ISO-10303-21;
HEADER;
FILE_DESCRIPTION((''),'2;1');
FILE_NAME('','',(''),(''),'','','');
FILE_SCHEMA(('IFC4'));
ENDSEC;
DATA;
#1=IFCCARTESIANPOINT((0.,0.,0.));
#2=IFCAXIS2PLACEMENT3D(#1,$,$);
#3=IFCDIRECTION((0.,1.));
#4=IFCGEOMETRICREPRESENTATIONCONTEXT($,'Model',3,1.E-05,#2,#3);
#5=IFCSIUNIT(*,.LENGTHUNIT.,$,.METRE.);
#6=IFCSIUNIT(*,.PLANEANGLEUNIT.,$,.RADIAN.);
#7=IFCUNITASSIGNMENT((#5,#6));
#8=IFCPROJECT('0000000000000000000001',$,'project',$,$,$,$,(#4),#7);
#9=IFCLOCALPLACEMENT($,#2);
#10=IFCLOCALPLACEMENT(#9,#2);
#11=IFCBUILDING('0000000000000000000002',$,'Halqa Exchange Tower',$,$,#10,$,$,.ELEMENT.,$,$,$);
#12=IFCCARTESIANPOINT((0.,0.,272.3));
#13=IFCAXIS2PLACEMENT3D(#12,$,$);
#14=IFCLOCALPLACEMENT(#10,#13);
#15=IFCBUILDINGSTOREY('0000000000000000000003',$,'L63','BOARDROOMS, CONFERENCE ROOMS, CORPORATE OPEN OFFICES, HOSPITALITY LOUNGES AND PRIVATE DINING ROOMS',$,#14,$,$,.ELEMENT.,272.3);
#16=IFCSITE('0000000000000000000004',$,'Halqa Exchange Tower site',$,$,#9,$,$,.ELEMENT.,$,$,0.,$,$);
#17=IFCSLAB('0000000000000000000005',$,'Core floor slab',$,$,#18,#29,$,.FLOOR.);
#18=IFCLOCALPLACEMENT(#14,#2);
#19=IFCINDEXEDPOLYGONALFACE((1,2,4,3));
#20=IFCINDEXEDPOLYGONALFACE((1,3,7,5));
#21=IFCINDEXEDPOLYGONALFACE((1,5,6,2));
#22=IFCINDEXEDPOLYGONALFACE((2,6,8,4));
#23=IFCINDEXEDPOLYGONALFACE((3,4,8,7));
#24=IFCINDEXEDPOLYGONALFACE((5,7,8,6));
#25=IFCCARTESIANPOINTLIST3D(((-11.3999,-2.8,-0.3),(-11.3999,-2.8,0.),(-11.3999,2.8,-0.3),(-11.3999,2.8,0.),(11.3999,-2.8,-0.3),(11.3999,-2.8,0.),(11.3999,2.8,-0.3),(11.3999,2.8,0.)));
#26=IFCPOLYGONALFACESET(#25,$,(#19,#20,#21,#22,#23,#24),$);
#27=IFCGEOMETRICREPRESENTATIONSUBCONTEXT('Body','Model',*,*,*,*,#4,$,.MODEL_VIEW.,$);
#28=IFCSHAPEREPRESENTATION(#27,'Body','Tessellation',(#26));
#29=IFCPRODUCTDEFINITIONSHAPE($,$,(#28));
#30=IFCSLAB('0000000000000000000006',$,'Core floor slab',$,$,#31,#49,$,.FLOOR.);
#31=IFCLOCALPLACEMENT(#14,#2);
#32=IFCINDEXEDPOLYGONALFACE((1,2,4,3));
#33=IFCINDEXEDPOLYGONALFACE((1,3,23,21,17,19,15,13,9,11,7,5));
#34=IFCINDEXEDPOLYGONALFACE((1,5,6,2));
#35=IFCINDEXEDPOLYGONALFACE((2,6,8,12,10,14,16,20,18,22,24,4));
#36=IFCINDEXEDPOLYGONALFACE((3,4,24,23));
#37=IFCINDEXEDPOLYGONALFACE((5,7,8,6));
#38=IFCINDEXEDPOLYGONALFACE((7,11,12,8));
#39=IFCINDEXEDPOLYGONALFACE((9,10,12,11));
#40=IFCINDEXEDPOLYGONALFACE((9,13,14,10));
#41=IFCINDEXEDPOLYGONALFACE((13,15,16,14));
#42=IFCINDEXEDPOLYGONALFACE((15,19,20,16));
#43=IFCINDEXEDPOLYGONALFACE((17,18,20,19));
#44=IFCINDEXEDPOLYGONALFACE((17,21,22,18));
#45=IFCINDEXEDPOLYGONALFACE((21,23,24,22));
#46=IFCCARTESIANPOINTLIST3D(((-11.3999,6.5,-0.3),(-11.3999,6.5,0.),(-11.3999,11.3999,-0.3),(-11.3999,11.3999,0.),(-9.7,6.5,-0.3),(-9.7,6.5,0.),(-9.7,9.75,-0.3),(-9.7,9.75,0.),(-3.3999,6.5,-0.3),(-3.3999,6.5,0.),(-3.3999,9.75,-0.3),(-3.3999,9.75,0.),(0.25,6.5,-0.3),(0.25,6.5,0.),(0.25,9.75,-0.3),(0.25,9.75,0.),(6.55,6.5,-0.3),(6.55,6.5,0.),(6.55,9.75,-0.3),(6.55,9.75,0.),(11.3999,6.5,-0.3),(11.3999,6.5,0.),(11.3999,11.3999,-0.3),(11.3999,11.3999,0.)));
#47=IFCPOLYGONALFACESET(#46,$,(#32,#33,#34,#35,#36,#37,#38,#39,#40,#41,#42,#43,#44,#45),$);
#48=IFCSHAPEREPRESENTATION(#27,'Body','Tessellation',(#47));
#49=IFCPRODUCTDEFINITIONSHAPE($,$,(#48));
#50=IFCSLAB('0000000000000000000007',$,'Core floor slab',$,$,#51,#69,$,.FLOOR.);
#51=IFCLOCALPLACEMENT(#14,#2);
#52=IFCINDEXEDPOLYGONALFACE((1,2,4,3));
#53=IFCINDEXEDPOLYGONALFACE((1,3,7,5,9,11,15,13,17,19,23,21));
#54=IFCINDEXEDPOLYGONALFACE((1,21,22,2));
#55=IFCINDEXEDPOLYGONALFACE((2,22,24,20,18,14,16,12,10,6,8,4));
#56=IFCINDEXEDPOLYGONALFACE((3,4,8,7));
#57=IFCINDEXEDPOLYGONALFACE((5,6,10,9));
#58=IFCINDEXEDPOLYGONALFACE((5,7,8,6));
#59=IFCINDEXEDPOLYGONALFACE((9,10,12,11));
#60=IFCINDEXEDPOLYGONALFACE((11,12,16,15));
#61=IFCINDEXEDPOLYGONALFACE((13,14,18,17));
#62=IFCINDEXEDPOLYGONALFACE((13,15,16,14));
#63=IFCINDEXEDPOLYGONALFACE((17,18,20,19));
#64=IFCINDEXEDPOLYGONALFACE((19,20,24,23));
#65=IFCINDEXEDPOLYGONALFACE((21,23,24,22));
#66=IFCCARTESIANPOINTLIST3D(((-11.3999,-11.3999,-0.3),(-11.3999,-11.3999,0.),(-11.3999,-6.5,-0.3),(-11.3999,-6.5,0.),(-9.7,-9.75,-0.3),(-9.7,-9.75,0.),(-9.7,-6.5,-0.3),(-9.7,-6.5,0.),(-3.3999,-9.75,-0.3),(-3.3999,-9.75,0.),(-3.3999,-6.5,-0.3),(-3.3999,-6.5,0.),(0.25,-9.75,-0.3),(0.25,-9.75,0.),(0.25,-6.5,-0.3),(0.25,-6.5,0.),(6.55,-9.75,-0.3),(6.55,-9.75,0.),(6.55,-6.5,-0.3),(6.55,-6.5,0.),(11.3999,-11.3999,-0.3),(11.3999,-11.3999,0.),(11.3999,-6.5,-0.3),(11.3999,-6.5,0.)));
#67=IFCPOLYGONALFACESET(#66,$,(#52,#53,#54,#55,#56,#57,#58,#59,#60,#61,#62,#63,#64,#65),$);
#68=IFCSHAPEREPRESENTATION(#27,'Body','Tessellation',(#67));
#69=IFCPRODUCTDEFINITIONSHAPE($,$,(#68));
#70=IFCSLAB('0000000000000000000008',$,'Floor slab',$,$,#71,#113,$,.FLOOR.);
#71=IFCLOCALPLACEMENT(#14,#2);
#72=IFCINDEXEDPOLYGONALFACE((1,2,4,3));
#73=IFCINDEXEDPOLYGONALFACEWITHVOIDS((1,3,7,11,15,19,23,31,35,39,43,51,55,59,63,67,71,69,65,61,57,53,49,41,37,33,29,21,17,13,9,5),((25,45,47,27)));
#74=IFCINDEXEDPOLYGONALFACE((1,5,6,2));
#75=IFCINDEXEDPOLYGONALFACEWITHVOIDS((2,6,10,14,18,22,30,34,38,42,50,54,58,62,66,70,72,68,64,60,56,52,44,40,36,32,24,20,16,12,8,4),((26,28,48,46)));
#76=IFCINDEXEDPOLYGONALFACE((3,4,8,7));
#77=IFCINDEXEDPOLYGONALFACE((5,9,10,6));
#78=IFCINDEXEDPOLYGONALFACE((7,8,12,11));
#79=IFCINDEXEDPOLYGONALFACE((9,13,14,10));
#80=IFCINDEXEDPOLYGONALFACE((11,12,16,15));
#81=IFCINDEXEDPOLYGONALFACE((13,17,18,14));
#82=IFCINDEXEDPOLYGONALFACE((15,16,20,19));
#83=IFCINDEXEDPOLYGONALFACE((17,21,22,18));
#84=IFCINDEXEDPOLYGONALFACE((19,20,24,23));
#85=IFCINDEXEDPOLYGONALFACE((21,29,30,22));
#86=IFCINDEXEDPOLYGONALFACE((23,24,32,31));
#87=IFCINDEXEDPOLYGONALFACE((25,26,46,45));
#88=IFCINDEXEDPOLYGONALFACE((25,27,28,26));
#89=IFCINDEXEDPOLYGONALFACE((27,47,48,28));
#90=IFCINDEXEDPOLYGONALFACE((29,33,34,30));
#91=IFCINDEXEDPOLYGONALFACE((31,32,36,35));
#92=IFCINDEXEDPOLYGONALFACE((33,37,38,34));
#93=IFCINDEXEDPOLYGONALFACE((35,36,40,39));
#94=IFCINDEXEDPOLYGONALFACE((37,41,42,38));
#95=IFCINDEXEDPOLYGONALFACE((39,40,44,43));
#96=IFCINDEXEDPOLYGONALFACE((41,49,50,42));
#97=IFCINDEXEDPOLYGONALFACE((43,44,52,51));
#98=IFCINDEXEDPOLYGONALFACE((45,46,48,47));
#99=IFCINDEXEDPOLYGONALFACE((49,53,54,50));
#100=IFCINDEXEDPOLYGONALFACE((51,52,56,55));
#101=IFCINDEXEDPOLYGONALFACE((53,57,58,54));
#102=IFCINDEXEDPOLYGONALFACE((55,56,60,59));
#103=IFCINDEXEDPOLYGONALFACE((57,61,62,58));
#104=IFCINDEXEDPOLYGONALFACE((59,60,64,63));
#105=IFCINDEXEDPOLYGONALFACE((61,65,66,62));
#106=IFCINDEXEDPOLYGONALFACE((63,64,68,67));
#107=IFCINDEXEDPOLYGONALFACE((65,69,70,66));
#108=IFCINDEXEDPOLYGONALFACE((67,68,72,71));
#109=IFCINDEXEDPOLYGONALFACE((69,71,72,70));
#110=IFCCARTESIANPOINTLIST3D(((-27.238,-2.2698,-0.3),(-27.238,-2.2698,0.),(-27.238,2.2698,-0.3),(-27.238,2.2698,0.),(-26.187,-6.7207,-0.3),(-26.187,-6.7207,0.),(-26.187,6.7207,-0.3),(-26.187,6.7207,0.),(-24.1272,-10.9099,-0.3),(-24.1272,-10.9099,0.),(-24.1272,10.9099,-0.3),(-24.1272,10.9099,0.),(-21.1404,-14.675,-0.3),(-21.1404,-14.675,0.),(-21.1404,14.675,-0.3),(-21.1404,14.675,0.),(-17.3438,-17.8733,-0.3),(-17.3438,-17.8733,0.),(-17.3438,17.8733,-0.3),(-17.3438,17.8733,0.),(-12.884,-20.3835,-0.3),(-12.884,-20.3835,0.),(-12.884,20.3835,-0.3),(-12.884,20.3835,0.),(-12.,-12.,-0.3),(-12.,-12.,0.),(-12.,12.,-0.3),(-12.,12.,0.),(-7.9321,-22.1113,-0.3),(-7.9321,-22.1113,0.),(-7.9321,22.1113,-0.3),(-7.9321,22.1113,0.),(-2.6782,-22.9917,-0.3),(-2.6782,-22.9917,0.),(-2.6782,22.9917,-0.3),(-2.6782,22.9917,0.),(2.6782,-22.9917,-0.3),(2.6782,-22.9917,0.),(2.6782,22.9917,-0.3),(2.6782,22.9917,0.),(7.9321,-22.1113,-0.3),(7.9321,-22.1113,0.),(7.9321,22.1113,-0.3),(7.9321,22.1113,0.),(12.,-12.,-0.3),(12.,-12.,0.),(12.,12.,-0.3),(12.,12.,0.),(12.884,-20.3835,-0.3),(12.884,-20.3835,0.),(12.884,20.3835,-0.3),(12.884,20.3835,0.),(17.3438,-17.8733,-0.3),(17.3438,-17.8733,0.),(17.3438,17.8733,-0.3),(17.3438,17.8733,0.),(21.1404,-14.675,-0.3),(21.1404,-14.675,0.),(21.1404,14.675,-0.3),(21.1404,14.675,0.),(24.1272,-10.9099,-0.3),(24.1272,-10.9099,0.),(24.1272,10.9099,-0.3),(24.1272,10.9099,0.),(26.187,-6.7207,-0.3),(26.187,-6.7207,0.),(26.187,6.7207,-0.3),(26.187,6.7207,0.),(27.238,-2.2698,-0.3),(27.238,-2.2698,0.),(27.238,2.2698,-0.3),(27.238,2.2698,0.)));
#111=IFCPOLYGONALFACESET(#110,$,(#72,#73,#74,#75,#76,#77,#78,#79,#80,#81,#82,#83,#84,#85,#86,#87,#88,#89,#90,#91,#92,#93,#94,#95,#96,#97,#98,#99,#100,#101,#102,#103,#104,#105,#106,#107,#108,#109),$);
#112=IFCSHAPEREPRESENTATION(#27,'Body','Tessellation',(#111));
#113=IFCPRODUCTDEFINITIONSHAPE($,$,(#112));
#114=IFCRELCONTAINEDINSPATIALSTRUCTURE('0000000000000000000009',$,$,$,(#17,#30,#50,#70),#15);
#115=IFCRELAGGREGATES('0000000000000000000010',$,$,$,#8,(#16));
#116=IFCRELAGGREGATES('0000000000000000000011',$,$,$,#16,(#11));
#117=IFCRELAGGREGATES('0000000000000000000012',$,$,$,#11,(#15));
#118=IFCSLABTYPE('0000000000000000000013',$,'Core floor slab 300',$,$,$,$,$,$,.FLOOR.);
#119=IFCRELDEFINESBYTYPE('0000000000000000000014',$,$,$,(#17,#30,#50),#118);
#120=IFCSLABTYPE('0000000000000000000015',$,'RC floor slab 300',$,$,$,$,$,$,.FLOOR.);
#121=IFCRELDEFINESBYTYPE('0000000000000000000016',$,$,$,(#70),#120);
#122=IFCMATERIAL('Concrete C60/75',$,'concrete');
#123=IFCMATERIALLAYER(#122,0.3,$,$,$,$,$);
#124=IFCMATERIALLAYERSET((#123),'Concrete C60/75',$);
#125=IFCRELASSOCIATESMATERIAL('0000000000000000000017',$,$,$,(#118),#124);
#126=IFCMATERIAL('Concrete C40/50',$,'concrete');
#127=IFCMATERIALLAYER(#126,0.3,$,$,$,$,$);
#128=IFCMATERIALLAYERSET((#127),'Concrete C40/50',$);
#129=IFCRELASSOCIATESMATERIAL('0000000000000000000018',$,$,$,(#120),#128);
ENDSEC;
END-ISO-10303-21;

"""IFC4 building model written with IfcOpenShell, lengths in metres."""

from ifc_helpers import new_model, si_unit, direction, frame, origin, place, context, subcontext, project, spatial, polyline, outline, extrude, material, layer, layer_set, type_object, element, save


model = new_model("IFC4")

# Units and contexts
model_context = context("Model", 3, precision=1e-05, world=origin(), true_north=direction((0.0, 1.0)))
body_context = subcontext(model_context, "Body", "Model", "MODEL_VIEW")
ifc_project = project(units=[si_unit("LENGTHUNIT", "METRE"), si_unit("PLANEANGLEUNIT", "RADIAN")], contexts=[model_context])

# Site, building, storey
site_placement = place(None, origin())
site = spatial("IfcSite", under=ifc_project, at=site_placement, Name="Halqa Exchange Tower site", CompositionType="ELEMENT", RefElevation=0.0)
building_placement = place(site_placement, origin())
building = spatial("IfcBuilding", under=site, at=building_placement, Name="Halqa Exchange Tower", CompositionType="ELEMENT")
storey_placement = place(building_placement, frame((0.0, 0.0, 272.3)))
storey = spatial("IfcBuildingStorey", under=building, at=storey_placement, Name="L63", Description="BOARDROOMS, CONFERENCE ROOMS, CORPORATE OPEN OFFICES, HOSPITALITY LOUNGES AND PRIVATE DINING ROOMS", CompositionType="ELEMENT", Elevation=272.3)

# Slabs
ifc_material_1 = material(Name="Concrete C60/75", Category="concrete")
ifc_layer_1 = layer(ifc_material_1, 0.3)
ifc_layer_set_1 = layer_set([ifc_layer_1], Name="Concrete C60/75")
slab_type_1 = type_object("IfcSlabType", Name="Core floor slab 300", PredefinedType="FLOOR", material=ifc_layer_set_1)
slab_1_placement = place(storey_placement, frame((0.0, 0.0, -0.3)))
element("IfcSlab", 1, at=slab_1_placement, inside=storey, type_object=slab_type_1, Name="Core floor slab", PredefinedType="FLOOR", context=body_context, shape_type="SweptSolid", body=[
    extrude(outline(polyline([(-11.3999, 2.8), (11.3999, 2.8), (11.3999, -2.8), (-11.3999, -2.8), (-11.3999, 2.8)])), origin(), (0.0, 0.0, 1.0), 0.3),
])
slab_2_placement = place(storey_placement, frame((0.0, 0.0, -0.3)))
element("IfcSlab", 2, at=slab_2_placement, inside=storey, type_object=slab_type_1, Name="Core floor slab", PredefinedType="FLOOR", context=body_context, shape_type="SweptSolid", body=[
    extrude(outline(polyline([(-11.3999, 11.3999), (11.3999, 11.3999), (11.3999, 6.5), (6.55, 6.5), (6.55, 9.75), (0.25, 9.75), (0.25, 6.5), (-3.3999, 6.5), (-3.3999, 9.75), (-9.7, 9.75), (-9.7, 6.5), (-11.3999, 6.5), (-11.3999, 11.3999)])), origin(), (0.0, 0.0, 1.0), 0.3),
])
slab_3_placement = place(storey_placement, frame((0.0, 0.0, -0.3)))
element("IfcSlab", 3, at=slab_3_placement, inside=storey, type_object=slab_type_1, Name="Core floor slab", PredefinedType="FLOOR", context=body_context, shape_type="SweptSolid", body=[
    extrude(outline(polyline([(-11.3999, -6.5), (-9.7, -6.5), (-9.7, -9.75), (-3.3999, -9.75), (-3.3999, -6.5), (0.25, -6.5), (0.25, -9.75), (6.55, -9.75), (6.55, -6.5), (11.3999, -6.5), (11.3999, -11.3999), (-11.3999, -11.3999), (-11.3999, -6.5)])), origin(), (0.0, 0.0, 1.0), 0.3),
])
ifc_material_2 = material(Name="Concrete C40/50", Category="concrete")
ifc_layer_2 = layer(ifc_material_2, 0.3)
ifc_layer_set_2 = layer_set([ifc_layer_2], Name="Concrete C40/50")
slab_type_2 = type_object("IfcSlabType", Name="RC floor slab 300", PredefinedType="FLOOR", material=ifc_layer_set_2)
slab_4_placement = place(storey_placement, frame((0.0, 0.0, -0.3)))
element("IfcSlab", 4, at=slab_4_placement, inside=storey, type_object=slab_type_2, Name="Floor slab", PredefinedType="FLOOR", context=body_context, shape_type="SweptSolid", body=[
    extrude(outline(polyline([(27.238, 2.2698), (26.187, 6.7207), (24.1272, 10.9099), (21.1404, 14.675), (17.3438, 17.8733), (12.884, 20.3835), (7.9321, 22.1113), (2.6782, 22.9917), (-2.6782, 22.9917), (-7.9321, 22.1113), (-12.884, 20.3835), (-17.3438, 17.8733), (-21.1404, 14.675), (-24.1272, 10.9099), (-26.187, 6.7207), (-27.238, 2.2698), (-27.238, -2.2698), (-26.187, -6.7207), (-24.1272, -10.9099), (-21.1404, -14.675), (-17.3438, -17.8733), (-12.884, -20.3835), (-7.9321, -22.1113), (-2.6782, -22.9917), (2.6782, -22.9917), (7.9321, -22.1113), (12.884, -20.3835), (17.3438, -17.8733), (21.1404, -14.675), (24.1272, -10.9099), (26.187, -6.7207), (27.238, -2.2698), (27.238, 2.2698)]), holes=[polyline([(-12.0, -12.0), (12.0, -12.0), (12.0, 12.0), (-12.0, 12.0), (-12.0, -12.0)])]), origin(), (0.0, 0.0, 1.0), 0.3),
])

save(model, "model.ifc")
